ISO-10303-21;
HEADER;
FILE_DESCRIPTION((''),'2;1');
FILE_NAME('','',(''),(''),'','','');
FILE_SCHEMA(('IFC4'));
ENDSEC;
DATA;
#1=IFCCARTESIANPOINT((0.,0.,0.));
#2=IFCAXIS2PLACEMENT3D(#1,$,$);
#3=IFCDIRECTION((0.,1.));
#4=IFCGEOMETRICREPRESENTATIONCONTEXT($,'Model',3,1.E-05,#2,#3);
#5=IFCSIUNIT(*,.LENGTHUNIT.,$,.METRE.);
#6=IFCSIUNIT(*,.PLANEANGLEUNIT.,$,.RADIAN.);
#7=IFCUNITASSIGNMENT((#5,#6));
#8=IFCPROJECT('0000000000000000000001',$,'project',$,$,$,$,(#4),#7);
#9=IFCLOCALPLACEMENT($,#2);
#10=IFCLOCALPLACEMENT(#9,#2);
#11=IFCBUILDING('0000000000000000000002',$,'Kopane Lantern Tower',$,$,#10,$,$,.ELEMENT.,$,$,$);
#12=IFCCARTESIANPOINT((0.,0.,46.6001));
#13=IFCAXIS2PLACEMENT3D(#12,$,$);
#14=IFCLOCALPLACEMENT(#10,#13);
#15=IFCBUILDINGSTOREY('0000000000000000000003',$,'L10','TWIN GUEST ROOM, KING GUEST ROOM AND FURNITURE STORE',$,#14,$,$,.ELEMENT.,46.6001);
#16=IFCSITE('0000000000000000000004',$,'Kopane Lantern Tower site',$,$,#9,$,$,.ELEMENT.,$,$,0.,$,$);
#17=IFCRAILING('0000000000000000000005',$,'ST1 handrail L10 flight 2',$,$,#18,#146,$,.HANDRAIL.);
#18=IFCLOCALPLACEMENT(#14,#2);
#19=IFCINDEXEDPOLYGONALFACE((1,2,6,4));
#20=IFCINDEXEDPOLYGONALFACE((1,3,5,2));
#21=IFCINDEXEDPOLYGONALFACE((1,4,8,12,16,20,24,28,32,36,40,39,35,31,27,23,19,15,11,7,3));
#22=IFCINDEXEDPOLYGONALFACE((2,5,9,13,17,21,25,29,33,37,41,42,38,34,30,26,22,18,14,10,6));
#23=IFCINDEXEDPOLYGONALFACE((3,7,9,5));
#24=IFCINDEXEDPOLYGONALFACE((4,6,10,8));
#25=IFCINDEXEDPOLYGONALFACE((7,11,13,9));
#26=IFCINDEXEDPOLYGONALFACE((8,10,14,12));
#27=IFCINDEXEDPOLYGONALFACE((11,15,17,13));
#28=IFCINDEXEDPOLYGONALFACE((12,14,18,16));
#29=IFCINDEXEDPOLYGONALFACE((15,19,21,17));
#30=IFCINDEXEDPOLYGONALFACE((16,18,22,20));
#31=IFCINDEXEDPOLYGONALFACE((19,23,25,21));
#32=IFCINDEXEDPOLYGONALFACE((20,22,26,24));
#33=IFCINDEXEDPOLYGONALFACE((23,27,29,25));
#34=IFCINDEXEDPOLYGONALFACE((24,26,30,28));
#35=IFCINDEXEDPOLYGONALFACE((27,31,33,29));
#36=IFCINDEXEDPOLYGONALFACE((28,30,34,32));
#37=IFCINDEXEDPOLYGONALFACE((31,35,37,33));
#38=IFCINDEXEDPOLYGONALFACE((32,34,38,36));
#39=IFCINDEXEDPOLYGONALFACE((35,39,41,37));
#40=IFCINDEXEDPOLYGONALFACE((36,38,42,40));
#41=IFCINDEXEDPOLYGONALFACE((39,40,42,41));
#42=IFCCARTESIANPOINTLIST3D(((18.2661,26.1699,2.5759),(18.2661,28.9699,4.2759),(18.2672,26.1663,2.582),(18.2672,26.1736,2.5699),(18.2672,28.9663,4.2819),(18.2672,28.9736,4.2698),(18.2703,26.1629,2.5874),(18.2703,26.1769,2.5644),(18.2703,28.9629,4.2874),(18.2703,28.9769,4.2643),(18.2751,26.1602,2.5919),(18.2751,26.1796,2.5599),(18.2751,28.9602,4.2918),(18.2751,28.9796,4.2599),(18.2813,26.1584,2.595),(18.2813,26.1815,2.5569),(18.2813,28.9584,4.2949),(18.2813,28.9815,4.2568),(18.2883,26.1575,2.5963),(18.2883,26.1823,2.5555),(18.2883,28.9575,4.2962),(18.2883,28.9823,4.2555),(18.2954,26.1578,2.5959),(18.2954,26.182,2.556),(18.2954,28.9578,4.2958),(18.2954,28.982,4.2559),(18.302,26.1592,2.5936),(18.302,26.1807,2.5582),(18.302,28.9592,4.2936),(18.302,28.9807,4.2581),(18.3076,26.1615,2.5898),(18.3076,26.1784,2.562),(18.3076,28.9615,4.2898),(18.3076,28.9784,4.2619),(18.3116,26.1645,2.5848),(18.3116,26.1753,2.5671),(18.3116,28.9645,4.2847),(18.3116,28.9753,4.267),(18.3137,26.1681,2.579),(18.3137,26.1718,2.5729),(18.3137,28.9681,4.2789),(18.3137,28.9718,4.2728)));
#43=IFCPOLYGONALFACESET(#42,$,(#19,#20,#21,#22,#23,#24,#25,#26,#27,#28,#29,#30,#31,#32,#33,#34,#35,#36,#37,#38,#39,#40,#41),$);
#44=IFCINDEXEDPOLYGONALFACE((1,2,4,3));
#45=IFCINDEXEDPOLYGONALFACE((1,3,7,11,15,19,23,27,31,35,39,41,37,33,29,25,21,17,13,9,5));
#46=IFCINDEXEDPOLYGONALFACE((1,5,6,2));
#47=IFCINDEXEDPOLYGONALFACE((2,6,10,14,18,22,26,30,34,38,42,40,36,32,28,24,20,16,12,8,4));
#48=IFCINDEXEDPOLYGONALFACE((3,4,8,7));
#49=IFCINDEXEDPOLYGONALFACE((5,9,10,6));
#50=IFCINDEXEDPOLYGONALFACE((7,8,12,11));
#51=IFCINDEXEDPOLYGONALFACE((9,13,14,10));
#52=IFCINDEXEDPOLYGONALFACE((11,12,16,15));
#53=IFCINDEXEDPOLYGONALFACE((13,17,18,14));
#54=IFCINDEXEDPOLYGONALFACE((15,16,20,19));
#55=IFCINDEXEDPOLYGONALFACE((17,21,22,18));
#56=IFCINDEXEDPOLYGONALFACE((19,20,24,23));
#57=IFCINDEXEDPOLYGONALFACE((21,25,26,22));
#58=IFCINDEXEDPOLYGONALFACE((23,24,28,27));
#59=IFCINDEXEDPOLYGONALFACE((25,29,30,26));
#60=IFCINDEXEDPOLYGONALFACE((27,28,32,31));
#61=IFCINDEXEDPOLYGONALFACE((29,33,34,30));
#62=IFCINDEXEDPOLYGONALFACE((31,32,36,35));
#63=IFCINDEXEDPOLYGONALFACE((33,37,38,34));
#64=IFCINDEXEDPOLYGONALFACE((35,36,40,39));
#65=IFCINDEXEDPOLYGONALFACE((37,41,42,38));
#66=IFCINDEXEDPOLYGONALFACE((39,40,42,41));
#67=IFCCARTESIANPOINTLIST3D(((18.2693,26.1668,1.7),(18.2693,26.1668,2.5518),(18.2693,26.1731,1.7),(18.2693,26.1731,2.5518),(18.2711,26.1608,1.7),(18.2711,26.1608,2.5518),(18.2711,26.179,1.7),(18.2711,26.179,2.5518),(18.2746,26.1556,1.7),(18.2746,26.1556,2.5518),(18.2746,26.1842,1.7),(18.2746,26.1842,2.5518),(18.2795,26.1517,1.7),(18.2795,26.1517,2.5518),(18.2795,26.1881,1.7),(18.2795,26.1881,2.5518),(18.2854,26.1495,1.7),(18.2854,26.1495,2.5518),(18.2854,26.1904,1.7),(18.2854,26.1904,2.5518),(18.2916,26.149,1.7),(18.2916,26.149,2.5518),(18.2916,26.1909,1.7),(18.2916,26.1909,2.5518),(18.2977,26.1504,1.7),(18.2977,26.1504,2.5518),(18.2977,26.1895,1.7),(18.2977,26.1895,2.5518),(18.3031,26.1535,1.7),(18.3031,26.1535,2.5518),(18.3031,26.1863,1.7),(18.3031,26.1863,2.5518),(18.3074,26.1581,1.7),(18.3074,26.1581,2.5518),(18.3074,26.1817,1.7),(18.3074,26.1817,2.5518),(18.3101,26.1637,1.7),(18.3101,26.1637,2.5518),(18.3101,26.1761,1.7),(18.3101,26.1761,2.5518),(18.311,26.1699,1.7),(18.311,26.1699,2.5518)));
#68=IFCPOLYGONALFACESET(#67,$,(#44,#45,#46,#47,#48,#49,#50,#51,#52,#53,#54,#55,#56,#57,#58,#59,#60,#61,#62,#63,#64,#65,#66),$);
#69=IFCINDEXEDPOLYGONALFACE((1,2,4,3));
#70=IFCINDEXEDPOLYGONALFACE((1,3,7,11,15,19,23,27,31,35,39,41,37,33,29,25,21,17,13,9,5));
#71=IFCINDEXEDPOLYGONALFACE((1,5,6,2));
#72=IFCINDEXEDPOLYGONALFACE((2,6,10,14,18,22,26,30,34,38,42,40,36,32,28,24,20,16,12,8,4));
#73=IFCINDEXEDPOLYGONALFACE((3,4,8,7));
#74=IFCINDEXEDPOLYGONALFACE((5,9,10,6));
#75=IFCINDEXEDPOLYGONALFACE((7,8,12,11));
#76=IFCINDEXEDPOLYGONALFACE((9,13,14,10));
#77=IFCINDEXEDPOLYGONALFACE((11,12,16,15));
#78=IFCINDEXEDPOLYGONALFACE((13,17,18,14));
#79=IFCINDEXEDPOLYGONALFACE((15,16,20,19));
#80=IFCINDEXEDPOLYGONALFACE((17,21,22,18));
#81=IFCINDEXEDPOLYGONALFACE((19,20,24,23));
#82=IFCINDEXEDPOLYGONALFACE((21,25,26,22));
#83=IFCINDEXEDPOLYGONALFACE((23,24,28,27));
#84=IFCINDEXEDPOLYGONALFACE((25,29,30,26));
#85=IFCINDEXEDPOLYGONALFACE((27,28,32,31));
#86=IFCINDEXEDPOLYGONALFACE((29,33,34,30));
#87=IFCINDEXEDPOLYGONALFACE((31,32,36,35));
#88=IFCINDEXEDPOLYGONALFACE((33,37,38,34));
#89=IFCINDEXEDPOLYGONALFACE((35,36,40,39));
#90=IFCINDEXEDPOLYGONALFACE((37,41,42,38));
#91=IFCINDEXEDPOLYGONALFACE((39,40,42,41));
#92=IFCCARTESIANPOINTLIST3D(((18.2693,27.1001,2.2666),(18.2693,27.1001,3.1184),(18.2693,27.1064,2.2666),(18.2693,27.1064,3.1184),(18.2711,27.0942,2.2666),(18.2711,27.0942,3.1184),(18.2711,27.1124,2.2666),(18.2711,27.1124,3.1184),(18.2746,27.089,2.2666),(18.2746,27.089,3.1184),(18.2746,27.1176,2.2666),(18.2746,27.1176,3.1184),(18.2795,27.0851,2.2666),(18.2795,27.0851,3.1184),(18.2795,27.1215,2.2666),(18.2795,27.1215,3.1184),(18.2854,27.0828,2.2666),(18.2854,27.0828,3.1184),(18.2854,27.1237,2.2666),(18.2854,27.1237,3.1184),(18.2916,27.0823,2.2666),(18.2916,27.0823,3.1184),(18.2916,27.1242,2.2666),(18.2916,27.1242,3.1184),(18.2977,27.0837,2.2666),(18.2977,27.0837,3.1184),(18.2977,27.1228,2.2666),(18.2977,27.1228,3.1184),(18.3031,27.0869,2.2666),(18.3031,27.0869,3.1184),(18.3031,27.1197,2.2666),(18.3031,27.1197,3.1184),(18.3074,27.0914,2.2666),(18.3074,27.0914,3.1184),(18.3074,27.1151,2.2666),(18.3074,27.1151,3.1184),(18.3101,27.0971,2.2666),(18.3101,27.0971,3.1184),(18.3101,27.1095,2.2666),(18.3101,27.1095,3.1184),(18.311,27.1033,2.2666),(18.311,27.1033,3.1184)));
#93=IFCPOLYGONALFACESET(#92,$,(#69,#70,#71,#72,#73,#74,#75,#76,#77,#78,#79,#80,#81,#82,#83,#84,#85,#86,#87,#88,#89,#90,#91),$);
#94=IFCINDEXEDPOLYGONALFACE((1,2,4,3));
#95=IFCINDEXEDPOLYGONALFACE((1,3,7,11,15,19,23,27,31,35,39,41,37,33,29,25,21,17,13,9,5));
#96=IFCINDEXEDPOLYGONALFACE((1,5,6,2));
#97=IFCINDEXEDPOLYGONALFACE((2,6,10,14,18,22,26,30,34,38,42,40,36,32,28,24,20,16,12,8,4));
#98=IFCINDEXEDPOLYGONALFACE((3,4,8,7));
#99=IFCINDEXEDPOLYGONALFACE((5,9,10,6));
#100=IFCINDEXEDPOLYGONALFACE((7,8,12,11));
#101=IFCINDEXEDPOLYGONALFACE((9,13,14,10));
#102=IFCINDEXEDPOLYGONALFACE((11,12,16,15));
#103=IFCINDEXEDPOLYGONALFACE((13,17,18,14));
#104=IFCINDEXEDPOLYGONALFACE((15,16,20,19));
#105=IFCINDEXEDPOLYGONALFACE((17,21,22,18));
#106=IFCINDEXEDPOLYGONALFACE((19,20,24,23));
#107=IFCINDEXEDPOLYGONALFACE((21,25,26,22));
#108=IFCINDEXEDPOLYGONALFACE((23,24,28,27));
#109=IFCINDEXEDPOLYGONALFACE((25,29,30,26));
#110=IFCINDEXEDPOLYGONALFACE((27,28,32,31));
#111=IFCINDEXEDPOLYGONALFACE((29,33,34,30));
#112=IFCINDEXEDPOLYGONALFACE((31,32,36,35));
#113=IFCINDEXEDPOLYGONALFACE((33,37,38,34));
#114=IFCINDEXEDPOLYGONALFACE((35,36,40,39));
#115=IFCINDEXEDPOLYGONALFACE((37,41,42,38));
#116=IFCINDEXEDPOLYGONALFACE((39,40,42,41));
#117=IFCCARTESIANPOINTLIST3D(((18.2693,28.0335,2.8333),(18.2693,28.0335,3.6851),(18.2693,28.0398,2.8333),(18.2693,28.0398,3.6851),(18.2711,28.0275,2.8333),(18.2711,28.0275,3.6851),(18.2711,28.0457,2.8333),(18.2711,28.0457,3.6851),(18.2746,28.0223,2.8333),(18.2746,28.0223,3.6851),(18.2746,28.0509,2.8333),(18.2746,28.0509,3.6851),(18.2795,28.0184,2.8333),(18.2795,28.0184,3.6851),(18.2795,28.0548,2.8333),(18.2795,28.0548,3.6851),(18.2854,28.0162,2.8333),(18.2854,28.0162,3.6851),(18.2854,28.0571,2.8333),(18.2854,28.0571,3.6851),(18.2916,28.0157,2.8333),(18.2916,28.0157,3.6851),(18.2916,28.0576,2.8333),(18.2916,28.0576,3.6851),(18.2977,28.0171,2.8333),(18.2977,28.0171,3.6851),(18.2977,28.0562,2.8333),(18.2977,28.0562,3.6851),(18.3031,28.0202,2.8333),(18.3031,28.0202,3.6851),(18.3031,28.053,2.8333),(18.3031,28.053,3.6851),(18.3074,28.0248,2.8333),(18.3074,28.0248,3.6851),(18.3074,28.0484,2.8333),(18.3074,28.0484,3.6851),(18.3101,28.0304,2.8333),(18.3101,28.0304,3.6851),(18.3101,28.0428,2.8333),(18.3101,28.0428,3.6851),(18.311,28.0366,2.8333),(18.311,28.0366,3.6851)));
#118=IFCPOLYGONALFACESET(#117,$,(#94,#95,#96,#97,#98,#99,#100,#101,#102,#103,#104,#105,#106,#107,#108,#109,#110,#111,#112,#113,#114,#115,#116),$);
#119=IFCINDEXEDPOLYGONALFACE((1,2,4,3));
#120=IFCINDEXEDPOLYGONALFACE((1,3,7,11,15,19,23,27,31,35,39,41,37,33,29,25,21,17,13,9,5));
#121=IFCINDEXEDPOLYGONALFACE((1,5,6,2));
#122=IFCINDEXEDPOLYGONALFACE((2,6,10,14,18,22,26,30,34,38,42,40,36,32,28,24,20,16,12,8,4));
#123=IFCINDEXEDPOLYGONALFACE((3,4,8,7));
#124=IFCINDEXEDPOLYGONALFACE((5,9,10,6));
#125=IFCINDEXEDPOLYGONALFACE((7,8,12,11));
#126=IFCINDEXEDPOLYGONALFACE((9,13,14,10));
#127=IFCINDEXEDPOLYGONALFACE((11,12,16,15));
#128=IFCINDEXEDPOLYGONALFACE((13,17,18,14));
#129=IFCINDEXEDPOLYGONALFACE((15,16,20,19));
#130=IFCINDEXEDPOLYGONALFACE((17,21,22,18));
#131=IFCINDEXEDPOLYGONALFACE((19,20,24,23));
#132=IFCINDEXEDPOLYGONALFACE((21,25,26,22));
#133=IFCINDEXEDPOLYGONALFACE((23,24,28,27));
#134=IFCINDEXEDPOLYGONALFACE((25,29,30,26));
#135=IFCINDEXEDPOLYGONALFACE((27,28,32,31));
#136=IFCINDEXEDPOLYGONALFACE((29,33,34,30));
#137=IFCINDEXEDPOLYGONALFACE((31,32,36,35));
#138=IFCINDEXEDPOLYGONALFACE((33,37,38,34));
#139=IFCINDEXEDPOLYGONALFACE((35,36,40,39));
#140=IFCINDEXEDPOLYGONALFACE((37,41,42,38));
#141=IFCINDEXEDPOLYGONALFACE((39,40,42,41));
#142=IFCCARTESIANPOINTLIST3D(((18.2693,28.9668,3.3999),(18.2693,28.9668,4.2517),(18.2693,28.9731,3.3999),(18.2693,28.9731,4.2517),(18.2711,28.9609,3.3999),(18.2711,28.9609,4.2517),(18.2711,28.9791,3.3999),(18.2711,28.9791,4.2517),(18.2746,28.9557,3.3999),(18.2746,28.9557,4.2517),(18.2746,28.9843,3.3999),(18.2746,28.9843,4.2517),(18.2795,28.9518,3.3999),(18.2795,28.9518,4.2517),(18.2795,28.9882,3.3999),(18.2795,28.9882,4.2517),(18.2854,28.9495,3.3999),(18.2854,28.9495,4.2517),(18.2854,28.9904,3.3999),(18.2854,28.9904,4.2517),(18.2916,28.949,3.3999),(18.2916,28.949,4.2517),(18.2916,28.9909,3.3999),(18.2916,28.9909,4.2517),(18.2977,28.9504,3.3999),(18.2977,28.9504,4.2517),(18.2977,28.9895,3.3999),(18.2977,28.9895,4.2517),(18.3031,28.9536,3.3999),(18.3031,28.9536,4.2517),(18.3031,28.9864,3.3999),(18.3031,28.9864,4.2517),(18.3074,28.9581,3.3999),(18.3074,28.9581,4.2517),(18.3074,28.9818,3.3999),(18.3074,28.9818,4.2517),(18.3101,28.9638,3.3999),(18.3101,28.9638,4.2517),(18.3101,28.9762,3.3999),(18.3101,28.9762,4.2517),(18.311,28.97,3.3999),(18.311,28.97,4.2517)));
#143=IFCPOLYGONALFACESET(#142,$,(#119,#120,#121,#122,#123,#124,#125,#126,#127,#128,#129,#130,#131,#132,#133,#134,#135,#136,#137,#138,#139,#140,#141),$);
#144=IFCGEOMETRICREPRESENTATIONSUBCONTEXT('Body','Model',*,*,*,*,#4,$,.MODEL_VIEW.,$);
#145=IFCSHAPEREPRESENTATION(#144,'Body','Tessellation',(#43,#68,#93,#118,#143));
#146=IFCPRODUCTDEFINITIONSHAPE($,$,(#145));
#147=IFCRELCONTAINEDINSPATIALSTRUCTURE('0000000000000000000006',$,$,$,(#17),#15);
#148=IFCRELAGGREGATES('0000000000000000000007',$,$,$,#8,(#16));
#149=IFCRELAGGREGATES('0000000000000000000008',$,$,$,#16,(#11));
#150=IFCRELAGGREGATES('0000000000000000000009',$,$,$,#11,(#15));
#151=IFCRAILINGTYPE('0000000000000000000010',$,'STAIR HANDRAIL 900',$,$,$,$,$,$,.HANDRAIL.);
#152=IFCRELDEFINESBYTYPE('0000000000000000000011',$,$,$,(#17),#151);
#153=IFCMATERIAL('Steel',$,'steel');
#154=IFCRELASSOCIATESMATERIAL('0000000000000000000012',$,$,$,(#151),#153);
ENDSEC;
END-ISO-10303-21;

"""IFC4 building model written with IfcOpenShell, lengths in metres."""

from ifc_helpers import new_model, si_unit, direction, frame, origin, origin_2d, place, context, subcontext, project, spatial, circle, extrude, material, type_object, element, save


model = new_model("IFC4")

# Units and contexts
model_context = context("Model", 3, precision=1e-05, world=origin(), true_north=direction((0.0, 1.0)))
body_context = subcontext(model_context, "Body", "Model", "MODEL_VIEW")
ifc_project = project(units=[si_unit("LENGTHUNIT", "METRE"), si_unit("PLANEANGLEUNIT", "RADIAN")], contexts=[model_context])

# Site, building, storey
site_placement = place(None, origin())
site = spatial("IfcSite", under=ifc_project, at=site_placement, Name="Kopane Lantern Tower site", CompositionType="ELEMENT", RefElevation=0.0)
building_placement = place(site_placement, origin())
building = spatial("IfcBuilding", under=site, at=building_placement, Name="Kopane Lantern Tower", CompositionType="ELEMENT")
storey_placement = place(building_placement, frame((0.0, 0.0, 46.6001)))
storey = spatial("IfcBuildingStorey", under=building, at=storey_placement, Name="L10", Description="TWIN GUEST ROOM, KING GUEST ROOM AND FURNITURE STORE", CompositionType="ELEMENT", Elevation=46.6001)

# Railing
ifc_material_1 = material(Name="Steel", Category="steel")
railing_type_1 = type_object("IfcRailingType", Name="STAIR HANDRAIL 900", PredefinedType="HANDRAIL", material=ifc_material_1)
for number, where, name in (
    (1, (18.29, 26.1699, 1.7), "ST1 handrail L10 flight 2"),
):
    element("IfcRailing", number, at=place(storey_placement, frame(where)), inside=storey, type_object=railing_type_1, Name=name, PredefinedType="HANDRAIL", context=body_context, shape_type="SweptSolid", body=[
        extrude(circle(Radius=0.0239, at=origin_2d()), frame((0.0, 0.0, 0.876), z_axis=(0.0, 0.854798, 0.518961), x_axis=(-1.0, 0.0, 0.0)), (0.0, 0.0, 1.0), 3.2756),
        extrude(circle(Radius=0.021, at=origin_2d()), origin(), (0.0, 0.0, 1.0), 0.8518),
        extrude(circle(Radius=0.021, at=origin_2d()), frame((0.0, 0.9333, 0.5667)), (0.0, 0.0, 1.0), 0.8518),
        extrude(circle(Radius=0.021, at=origin_2d()), frame((0.0, 1.8667, 1.1333)), (0.0, 0.0, 1.0), 0.8518),
        extrude(circle(Radius=0.021, at=origin_2d()), frame((0.0, 2.8, 1.7)), (0.0, 0.0, 1.0), 0.8518),
    ])

save(model, "model.ifc")
